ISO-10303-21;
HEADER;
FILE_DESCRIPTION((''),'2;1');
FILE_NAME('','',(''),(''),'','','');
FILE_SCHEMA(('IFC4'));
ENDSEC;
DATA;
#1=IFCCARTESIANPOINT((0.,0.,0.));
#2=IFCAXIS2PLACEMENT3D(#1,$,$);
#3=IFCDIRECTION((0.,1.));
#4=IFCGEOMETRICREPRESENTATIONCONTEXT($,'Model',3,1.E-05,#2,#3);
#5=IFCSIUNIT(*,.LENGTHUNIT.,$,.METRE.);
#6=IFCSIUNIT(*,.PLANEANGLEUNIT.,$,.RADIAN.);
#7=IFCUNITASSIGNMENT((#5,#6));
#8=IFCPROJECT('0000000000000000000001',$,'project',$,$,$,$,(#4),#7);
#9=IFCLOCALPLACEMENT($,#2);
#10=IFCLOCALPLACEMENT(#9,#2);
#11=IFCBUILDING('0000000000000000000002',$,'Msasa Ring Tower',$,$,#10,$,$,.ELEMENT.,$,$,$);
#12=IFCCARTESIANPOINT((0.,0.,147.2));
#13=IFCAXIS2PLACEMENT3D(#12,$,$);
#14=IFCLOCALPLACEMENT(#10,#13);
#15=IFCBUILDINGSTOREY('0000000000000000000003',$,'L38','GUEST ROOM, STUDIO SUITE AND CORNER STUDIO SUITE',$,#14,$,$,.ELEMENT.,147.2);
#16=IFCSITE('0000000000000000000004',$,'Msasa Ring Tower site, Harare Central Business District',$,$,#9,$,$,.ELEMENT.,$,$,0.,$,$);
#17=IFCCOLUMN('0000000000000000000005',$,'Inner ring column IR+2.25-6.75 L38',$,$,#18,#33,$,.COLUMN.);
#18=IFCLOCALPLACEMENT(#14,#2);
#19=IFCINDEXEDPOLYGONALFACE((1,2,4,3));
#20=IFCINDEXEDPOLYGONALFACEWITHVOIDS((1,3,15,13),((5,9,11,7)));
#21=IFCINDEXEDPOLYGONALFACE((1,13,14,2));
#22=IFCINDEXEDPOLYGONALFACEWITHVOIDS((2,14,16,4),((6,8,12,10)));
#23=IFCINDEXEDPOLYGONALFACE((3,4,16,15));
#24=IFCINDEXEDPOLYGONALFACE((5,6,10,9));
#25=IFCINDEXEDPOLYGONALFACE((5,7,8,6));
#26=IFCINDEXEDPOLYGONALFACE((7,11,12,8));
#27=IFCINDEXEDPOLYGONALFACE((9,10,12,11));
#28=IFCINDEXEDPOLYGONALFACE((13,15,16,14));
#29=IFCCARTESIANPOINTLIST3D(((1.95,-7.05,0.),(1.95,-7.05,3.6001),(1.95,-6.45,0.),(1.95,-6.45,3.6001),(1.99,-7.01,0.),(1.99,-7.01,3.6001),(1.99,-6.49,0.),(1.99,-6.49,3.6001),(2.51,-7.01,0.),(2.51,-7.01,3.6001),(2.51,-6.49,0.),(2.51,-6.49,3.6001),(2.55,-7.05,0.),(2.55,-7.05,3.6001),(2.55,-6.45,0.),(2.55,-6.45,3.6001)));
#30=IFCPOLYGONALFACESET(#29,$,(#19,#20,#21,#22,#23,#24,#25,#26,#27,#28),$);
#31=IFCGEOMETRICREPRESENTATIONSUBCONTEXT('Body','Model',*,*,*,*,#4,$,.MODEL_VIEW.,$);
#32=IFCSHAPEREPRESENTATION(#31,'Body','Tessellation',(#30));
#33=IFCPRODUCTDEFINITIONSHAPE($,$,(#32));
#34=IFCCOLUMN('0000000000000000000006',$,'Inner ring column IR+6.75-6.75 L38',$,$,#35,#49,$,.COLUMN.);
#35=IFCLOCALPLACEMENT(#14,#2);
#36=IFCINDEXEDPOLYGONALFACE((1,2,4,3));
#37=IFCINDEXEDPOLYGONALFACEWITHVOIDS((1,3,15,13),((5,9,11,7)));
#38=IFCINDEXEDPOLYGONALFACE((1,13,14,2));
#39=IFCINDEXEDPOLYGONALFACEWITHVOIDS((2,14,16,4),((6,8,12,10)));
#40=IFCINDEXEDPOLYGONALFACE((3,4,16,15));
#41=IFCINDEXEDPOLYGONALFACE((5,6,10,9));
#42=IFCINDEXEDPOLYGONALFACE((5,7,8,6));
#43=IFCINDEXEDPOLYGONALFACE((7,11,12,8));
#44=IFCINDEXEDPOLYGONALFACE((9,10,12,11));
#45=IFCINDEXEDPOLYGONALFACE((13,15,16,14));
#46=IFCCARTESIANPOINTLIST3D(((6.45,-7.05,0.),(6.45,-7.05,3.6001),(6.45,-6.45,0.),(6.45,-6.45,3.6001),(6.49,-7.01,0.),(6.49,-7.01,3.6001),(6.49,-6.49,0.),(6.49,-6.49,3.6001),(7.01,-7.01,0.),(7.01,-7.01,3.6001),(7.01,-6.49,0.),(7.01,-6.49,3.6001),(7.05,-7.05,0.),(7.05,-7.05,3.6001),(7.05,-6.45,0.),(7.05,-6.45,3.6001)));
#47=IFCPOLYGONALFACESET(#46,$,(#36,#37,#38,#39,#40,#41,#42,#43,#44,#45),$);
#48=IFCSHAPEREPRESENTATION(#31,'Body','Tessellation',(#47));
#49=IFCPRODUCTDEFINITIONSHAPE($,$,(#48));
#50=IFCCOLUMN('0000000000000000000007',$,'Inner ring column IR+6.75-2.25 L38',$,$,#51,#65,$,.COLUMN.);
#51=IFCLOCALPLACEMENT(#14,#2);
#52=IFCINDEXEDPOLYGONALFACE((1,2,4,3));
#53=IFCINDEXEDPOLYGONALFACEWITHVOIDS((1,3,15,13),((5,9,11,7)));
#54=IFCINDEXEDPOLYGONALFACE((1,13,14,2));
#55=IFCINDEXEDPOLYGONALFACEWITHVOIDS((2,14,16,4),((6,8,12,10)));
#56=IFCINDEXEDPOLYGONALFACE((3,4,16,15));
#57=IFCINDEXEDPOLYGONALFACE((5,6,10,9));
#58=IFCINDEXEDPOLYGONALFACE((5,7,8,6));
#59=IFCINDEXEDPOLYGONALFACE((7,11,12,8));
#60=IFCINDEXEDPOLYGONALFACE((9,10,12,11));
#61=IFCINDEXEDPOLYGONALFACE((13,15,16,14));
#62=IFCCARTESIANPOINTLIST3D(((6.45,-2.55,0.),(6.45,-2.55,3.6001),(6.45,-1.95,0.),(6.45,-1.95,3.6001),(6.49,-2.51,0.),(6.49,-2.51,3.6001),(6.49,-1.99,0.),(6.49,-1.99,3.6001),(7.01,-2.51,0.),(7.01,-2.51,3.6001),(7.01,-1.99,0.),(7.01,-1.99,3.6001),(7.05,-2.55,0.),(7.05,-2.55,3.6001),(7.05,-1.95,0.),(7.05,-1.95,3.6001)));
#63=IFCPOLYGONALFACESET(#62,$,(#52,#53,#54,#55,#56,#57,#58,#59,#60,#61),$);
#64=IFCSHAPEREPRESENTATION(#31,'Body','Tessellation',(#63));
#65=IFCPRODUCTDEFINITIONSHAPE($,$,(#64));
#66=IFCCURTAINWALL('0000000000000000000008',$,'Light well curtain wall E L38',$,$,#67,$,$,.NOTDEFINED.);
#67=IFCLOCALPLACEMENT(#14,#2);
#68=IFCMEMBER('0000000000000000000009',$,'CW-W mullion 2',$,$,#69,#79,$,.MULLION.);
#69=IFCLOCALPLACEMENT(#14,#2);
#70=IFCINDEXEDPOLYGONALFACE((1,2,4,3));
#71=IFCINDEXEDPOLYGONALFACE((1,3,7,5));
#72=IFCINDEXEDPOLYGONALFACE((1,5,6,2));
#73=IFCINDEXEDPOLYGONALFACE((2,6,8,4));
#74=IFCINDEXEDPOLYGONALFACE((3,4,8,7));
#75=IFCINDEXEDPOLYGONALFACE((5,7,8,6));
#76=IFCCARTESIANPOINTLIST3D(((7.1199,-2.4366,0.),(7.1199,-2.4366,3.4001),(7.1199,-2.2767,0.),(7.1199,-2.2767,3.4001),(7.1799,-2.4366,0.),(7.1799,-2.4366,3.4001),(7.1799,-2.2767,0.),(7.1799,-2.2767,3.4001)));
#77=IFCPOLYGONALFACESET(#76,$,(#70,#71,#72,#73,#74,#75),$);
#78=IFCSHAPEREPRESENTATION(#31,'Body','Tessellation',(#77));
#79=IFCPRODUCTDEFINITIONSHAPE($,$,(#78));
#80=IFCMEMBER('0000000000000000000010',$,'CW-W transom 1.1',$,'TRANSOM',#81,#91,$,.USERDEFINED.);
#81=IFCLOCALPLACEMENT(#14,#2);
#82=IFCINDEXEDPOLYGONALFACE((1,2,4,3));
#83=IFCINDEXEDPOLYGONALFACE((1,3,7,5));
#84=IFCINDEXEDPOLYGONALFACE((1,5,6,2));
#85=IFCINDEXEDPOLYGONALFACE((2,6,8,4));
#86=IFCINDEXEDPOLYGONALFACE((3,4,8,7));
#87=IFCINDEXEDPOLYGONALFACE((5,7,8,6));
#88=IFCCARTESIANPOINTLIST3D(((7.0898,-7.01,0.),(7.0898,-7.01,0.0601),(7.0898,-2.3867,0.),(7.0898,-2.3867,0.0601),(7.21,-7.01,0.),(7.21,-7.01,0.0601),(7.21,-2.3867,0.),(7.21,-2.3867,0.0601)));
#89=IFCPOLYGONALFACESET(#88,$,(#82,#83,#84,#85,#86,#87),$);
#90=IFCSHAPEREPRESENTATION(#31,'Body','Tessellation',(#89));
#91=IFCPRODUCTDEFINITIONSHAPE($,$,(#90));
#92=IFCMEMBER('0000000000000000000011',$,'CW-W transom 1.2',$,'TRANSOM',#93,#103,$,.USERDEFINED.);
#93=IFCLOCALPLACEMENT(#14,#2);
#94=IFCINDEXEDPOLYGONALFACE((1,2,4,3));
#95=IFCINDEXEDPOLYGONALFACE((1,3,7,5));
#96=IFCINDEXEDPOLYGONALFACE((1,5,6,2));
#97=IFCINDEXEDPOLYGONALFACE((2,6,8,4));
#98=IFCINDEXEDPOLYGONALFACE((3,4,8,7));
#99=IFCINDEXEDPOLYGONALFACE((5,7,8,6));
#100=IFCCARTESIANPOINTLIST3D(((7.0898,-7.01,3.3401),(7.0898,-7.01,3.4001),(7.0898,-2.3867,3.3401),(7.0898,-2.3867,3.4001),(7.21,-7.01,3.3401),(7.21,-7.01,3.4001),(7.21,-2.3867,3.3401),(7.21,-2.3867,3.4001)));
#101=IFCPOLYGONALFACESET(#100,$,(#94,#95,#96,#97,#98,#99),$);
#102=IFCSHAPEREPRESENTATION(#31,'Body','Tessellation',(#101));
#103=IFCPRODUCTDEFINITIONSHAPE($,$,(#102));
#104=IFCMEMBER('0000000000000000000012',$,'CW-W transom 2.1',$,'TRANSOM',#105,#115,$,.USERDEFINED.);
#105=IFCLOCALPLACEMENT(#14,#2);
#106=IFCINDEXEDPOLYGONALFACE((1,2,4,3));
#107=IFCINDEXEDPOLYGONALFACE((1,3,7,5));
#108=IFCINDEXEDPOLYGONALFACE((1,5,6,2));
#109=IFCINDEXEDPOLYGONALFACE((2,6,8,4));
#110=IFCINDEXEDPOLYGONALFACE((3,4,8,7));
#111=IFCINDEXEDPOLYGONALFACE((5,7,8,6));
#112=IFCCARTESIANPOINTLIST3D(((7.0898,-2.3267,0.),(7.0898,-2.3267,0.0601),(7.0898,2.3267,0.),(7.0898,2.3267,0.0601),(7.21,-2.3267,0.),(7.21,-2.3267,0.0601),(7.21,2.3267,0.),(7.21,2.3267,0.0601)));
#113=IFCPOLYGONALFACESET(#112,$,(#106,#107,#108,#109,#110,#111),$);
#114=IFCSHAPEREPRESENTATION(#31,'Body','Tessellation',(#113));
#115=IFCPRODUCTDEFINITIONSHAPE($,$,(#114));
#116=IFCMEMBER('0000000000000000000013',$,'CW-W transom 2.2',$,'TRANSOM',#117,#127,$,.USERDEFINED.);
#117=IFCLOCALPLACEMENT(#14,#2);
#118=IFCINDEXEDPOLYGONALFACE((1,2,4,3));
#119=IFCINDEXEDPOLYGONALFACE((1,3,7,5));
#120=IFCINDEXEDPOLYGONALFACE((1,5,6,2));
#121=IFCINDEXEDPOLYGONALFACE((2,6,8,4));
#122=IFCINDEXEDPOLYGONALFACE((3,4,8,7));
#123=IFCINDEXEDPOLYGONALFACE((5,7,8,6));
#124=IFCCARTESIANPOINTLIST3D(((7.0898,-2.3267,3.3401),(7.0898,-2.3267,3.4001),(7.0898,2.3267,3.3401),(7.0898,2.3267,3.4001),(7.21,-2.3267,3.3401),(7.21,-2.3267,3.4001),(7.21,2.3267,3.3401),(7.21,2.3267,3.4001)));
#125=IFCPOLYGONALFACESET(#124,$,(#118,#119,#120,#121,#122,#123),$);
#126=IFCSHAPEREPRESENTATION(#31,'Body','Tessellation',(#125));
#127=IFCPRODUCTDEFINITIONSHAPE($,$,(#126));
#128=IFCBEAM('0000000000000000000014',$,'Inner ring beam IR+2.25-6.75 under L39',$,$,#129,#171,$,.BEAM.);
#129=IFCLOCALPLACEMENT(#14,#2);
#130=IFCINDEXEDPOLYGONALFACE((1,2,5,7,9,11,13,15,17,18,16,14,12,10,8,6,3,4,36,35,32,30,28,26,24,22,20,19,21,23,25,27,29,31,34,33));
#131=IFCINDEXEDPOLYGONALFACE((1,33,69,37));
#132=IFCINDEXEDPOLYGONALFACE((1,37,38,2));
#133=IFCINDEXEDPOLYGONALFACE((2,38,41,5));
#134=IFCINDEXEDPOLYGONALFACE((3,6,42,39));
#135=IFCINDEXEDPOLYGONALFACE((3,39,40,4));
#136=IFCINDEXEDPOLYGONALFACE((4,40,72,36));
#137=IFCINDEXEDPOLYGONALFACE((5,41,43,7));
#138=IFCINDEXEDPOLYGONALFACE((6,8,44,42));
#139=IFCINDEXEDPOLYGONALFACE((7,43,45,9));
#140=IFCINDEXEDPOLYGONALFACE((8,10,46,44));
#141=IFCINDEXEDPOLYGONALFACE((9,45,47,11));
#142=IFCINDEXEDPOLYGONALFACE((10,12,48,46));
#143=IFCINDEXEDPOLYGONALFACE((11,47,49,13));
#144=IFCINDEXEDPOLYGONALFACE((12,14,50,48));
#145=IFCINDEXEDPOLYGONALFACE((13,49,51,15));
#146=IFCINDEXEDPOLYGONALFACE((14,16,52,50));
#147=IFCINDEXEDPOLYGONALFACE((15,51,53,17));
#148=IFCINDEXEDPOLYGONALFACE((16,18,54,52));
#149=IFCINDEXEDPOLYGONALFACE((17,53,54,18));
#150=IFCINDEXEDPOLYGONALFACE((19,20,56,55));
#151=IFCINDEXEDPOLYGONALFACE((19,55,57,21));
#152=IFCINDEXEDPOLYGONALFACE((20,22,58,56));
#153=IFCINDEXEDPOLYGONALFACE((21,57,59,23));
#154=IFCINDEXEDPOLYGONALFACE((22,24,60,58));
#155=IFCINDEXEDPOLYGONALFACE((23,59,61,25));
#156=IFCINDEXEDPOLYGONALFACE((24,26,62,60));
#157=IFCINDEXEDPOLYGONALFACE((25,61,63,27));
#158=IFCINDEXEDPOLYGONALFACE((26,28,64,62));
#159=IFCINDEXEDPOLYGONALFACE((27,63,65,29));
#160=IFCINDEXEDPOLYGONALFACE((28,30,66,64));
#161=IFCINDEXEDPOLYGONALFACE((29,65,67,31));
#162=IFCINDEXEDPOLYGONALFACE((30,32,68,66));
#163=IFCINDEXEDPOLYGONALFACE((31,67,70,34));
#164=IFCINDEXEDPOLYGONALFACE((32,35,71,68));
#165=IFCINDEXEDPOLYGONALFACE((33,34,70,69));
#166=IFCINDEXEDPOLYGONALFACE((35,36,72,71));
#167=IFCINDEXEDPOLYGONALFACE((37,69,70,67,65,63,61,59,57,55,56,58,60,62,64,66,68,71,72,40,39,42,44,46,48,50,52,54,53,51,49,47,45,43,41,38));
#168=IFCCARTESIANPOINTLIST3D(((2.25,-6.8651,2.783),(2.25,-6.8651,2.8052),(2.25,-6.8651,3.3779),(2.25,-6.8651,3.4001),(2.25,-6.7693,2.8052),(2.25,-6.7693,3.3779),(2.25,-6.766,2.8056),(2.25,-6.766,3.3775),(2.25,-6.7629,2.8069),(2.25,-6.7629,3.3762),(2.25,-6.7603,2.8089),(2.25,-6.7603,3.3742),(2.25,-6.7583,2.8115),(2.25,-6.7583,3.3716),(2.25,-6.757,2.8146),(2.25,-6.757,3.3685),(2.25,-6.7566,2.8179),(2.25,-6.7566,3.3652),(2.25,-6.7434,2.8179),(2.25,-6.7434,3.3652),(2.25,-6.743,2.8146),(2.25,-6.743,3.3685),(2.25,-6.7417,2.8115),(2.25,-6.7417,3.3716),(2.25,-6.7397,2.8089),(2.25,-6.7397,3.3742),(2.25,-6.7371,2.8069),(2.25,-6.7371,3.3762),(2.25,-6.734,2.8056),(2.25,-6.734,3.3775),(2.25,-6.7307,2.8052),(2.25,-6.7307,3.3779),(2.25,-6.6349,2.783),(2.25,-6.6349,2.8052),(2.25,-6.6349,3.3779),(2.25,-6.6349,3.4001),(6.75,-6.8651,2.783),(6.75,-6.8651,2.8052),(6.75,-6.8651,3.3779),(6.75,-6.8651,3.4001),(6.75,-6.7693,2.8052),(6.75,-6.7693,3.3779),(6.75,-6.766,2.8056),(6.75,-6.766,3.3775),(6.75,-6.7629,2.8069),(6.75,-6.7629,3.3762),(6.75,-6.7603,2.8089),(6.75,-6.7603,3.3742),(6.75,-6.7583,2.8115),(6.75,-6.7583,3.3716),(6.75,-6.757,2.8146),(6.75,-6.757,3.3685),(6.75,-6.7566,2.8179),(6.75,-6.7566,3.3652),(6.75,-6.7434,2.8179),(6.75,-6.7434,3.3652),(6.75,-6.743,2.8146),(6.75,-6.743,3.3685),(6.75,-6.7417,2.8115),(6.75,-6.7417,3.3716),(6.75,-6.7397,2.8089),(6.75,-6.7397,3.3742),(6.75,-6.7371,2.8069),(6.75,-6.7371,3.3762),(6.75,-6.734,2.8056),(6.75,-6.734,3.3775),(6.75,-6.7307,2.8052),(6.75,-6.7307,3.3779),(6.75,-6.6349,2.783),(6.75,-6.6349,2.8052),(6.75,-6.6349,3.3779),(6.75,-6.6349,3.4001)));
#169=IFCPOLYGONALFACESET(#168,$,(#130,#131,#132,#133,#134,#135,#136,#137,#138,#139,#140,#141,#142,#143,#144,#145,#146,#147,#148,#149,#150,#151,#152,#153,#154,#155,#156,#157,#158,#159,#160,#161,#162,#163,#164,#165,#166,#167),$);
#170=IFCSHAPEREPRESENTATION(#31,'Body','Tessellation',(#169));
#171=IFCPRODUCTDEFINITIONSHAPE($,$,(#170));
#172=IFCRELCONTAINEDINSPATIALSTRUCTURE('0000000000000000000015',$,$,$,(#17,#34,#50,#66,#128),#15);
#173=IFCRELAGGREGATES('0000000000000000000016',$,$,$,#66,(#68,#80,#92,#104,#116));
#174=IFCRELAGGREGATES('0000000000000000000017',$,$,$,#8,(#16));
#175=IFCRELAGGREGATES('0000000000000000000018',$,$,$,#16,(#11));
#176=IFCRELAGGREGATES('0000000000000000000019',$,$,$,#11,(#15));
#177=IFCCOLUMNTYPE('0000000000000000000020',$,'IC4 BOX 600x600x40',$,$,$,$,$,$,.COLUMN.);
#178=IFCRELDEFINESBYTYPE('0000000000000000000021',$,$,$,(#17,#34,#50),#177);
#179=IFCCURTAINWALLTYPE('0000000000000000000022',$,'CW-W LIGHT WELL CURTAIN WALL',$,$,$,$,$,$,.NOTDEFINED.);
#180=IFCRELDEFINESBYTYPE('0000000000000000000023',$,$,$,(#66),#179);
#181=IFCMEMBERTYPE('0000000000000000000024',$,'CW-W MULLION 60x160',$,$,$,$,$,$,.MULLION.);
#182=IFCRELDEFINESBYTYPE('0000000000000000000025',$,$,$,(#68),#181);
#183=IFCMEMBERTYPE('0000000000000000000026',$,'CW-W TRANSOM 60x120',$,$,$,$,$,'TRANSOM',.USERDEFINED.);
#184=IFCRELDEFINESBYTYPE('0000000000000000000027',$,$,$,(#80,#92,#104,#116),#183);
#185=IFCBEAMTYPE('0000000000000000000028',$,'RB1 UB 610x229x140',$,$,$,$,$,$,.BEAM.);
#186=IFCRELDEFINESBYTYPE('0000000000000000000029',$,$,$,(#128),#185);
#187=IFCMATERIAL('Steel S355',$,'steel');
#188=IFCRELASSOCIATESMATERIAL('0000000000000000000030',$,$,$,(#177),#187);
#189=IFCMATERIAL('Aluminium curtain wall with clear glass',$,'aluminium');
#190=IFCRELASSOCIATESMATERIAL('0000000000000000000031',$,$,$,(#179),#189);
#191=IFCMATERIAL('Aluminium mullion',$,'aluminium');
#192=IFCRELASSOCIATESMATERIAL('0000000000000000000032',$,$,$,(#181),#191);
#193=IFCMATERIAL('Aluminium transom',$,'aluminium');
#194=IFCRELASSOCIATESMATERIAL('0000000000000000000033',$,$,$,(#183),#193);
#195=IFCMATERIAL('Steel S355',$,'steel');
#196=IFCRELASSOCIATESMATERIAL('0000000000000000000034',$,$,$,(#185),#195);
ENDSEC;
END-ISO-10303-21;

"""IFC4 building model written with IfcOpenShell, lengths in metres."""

from ifc_helpers import new_model, si_unit, direction, frame, origin, origin_2d, place, context, subcontext, project, spatial, rectangle, hollow_rectangle, i_section, extrude, material, material_profile, profile_set, type_object, element, aggregate, save


model = new_model("IFC4")

# Units and contexts
model_context = context("Model", 3, precision=1e-05, world=origin(), true_north=direction((0.0, 1.0)))
body_context = subcontext(model_context, "Body", "Model", "MODEL_VIEW")
ifc_project = project(units=[si_unit("LENGTHUNIT", "METRE"), si_unit("PLANEANGLEUNIT", "RADIAN")], contexts=[model_context])

# Site, building, storey
site_placement = place(None, origin())
site = spatial("IfcSite", under=ifc_project, at=site_placement, Name="Msasa Ring Tower site, Harare Central Business District", CompositionType="ELEMENT", RefElevation=0.0)
building_placement = place(site_placement, origin())
building = spatial("IfcBuilding", under=site, at=building_placement, Name="Msasa Ring Tower", CompositionType="ELEMENT")
storey_placement = place(building_placement, frame((0.0, 0.0, 147.2)))
storey = spatial("IfcBuildingStorey", under=building, at=storey_placement, Name="L38", Description="GUEST ROOM, STUDIO SUITE AND CORNER STUDIO SUITE", CompositionType="ELEMENT", Elevation=147.2)

# Columns
ifc_material_1 = material(Name="Steel S355", Category="steel")
ifc_material_profile_1 = material_profile(ifc_material_1, hollow_rectangle(XDim=0.6001, YDim=0.6001, WallThickness=0.04, at=origin_2d()), Name="BOX 600x600x40")
ifc_profile_set_1 = profile_set([ifc_material_profile_1], Name="Steel S355")
column_type = type_object("IfcColumnType", Name="IC4 BOX 600x600x40", PredefinedType="COLUMN", material=ifc_profile_set_1)
for number, where, z_axis, x_axis, name in (
    (1, (2.25, -6.75, 0.0), (0.0, 0.0, 1.0), (1.0, 0.0, 0.0), "Inner ring column IR+2.25-6.75 L38"),
    (2, (6.75, -6.75, 0.0), (0.0, 0.0, 1.0), (1.0, 0.0, 0.0), "Inner ring column IR+6.75-6.75 L38"),
    (3, (6.75, -2.25, 0.0), (0.0, 0.0, 1.0), (1.0, 0.0, 0.0), "Inner ring column IR+6.75-2.25 L38"),
):
    element("IfcColumn", number, at=place(storey_placement, frame(where, z_axis=z_axis, x_axis=x_axis)), inside=storey, type_object=column_type, Name=name, PredefinedType="COLUMN", context=body_context, shape_type="SweptSolid", body=[
        extrude(hollow_rectangle(XDim=0.6001, YDim=0.6001, WallThickness=0.04, at=origin_2d()), origin(), (0.0, 0.0, 1.0), 3.6001),
    ])

# Curtain wall, members
ifc_material_2 = material(Name="Aluminium curtain wall with clear glass", Category="aluminium")
curtain_wall_type = type_object("IfcCurtainWallType", Name="CW-W LIGHT WELL CURTAIN WALL", PredefinedType="NOTDEFINED", material=ifc_material_2)
curtain_wall_placement = place(storey_placement, origin())
curtain_wall = element("IfcCurtainWall", 4, at=curtain_wall_placement, inside=storey, type_object=curtain_wall_type, Name="Light well curtain wall E L38", PredefinedType="NOTDEFINED")
ifc_material_3 = material(Name="Aluminium mullion", Category="aluminium")
ifc_material_profile_2 = material_profile(ifc_material_3, rectangle(XDim=0.0601, YDim=0.1599, at=origin_2d()), Name="AL 60x160")
ifc_profile_set_2 = profile_set([ifc_material_profile_2], Name="Aluminium mullion")
member_type_1 = type_object("IfcMemberType", Name="CW-W MULLION 60x160", PredefinedType="MULLION", material=ifc_profile_set_2)
member_1_placement = place(storey_placement, frame((7.1499, -2.3567, 0.0), z_axis=(0.0, 0.0, 1.0), x_axis=(-1.0, 0.0, 0.0)))
member_1 = element("IfcMember", 5, at=member_1_placement, type_object=member_type_1, Name="CW-W mullion 2", PredefinedType="MULLION", context=body_context, shape_type="SweptSolid", body=[
    extrude(rectangle(XDim=0.0601, YDim=0.1599, at=origin_2d()), origin(), (0.0, 0.0, 1.0), 3.4001),
])
ifc_material_4 = material(Name="Aluminium transom", Category="aluminium")
ifc_material_profile_3 = material_profile(ifc_material_4, rectangle(XDim=0.1201, YDim=0.0601, at=origin_2d()), Name="AL 60x120")
ifc_profile_set_3 = profile_set([ifc_material_profile_3], Name="Aluminium transom")
member_type_2 = type_object("IfcMemberType", Name="CW-W TRANSOM 60x120", ElementType="TRANSOM", PredefinedType="USERDEFINED", material=ifc_profile_set_3)
member_2_placement = place(storey_placement, frame((7.1499, -7.01, 0.03), z_axis=(0.0, 1.0, 0.0), x_axis=(-1.0, 0.0, 0.0)))
member_2 = element("IfcMember", 6, at=member_2_placement, type_object=member_type_2, Name="CW-W transom 1.1", ObjectType="TRANSOM", PredefinedType="USERDEFINED", context=body_context, shape_type="SweptSolid", body=[
    extrude(rectangle(XDim=0.1201, YDim=0.0601, at=origin_2d()), origin(), (0.0, 0.0, 1.0), 4.6233),
])
member_3_placement = place(storey_placement, frame((7.1499, -7.01, 3.3701), z_axis=(0.0, 1.0, 0.0), x_axis=(-1.0, 0.0, 0.0)))
member_3 = element("IfcMember", 7, at=member_3_placement, type_object=member_type_2, Name="CW-W transom 1.2", ObjectType="TRANSOM", PredefinedType="USERDEFINED", context=body_context, shape_type="SweptSolid", body=[
    extrude(rectangle(XDim=0.1201, YDim=0.0601, at=origin_2d()), origin(), (0.0, 0.0, 1.0), 4.6233),
])
member_4_placement = place(storey_placement, frame((7.1499, -2.3267, 0.03), z_axis=(0.0, 1.0, 0.0), x_axis=(-1.0, 0.0, 0.0)))
member_4 = element("IfcMember", 8, at=member_4_placement, type_object=member_type_2, Name="CW-W transom 2.1", ObjectType="TRANSOM", PredefinedType="USERDEFINED", context=body_context, shape_type="SweptSolid", body=[
    extrude(rectangle(XDim=0.1201, YDim=0.0601, at=origin_2d()), origin(), (0.0, 0.0, 1.0), 4.6533),
])
member_5_placement = place(storey_placement, frame((7.1499, -2.3267, 3.3701), z_axis=(0.0, 1.0, 0.0), x_axis=(-1.0, 0.0, 0.0)))
member_5 = element("IfcMember", 9, at=member_5_placement, type_object=member_type_2, Name="CW-W transom 2.2", ObjectType="TRANSOM", PredefinedType="USERDEFINED", context=body_context, shape_type="SweptSolid", body=[
    extrude(rectangle(XDim=0.1201, YDim=0.0601, at=origin_2d()), origin(), (0.0, 0.0, 1.0), 4.6533),
])

# Beam
ifc_material_5 = material(Name="Steel S355", Category="steel")
ifc_material_profile_4 = material_profile(ifc_material_5, i_section(OverallWidth=0.2302, OverallDepth=0.6172, WebThickness=0.0132, FlangeThickness=0.0222, FilletRadius=0.0127, at=origin_2d()), Name="UB 610x229x140")
ifc_profile_set_4 = profile_set([ifc_material_profile_4], Name="Steel S355")
beam_type = type_object("IfcBeamType", Name="RB1 UB 610x229x140", PredefinedType="BEAM", material=ifc_profile_set_4)
for number, where, z_axis, x_axis, name in (
    (10, (2.25, -6.75, 3.0916), (1.0, 0.0, 0.0), (0.0, 1.0, 0.0), "Inner ring beam IR+2.25-6.75 under L39"),
):
    element("IfcBeam", number, at=place(storey_placement, frame(where, z_axis=z_axis, x_axis=x_axis)), inside=storey, type_object=beam_type, Name=name, PredefinedType="BEAM", context=body_context, shape_type="SweptSolid", body=[
        extrude(i_section(OverallWidth=0.2302, OverallDepth=0.6172, WebThickness=0.0132, FlangeThickness=0.0222, FilletRadius=0.0127, at=origin_2d()), origin(), (0.0, 0.0, 1.0), 4.5),
    ])

aggregate(curtain_wall, [member_1, member_2, member_3, member_4, member_5])

save(model, "model.ifc")
